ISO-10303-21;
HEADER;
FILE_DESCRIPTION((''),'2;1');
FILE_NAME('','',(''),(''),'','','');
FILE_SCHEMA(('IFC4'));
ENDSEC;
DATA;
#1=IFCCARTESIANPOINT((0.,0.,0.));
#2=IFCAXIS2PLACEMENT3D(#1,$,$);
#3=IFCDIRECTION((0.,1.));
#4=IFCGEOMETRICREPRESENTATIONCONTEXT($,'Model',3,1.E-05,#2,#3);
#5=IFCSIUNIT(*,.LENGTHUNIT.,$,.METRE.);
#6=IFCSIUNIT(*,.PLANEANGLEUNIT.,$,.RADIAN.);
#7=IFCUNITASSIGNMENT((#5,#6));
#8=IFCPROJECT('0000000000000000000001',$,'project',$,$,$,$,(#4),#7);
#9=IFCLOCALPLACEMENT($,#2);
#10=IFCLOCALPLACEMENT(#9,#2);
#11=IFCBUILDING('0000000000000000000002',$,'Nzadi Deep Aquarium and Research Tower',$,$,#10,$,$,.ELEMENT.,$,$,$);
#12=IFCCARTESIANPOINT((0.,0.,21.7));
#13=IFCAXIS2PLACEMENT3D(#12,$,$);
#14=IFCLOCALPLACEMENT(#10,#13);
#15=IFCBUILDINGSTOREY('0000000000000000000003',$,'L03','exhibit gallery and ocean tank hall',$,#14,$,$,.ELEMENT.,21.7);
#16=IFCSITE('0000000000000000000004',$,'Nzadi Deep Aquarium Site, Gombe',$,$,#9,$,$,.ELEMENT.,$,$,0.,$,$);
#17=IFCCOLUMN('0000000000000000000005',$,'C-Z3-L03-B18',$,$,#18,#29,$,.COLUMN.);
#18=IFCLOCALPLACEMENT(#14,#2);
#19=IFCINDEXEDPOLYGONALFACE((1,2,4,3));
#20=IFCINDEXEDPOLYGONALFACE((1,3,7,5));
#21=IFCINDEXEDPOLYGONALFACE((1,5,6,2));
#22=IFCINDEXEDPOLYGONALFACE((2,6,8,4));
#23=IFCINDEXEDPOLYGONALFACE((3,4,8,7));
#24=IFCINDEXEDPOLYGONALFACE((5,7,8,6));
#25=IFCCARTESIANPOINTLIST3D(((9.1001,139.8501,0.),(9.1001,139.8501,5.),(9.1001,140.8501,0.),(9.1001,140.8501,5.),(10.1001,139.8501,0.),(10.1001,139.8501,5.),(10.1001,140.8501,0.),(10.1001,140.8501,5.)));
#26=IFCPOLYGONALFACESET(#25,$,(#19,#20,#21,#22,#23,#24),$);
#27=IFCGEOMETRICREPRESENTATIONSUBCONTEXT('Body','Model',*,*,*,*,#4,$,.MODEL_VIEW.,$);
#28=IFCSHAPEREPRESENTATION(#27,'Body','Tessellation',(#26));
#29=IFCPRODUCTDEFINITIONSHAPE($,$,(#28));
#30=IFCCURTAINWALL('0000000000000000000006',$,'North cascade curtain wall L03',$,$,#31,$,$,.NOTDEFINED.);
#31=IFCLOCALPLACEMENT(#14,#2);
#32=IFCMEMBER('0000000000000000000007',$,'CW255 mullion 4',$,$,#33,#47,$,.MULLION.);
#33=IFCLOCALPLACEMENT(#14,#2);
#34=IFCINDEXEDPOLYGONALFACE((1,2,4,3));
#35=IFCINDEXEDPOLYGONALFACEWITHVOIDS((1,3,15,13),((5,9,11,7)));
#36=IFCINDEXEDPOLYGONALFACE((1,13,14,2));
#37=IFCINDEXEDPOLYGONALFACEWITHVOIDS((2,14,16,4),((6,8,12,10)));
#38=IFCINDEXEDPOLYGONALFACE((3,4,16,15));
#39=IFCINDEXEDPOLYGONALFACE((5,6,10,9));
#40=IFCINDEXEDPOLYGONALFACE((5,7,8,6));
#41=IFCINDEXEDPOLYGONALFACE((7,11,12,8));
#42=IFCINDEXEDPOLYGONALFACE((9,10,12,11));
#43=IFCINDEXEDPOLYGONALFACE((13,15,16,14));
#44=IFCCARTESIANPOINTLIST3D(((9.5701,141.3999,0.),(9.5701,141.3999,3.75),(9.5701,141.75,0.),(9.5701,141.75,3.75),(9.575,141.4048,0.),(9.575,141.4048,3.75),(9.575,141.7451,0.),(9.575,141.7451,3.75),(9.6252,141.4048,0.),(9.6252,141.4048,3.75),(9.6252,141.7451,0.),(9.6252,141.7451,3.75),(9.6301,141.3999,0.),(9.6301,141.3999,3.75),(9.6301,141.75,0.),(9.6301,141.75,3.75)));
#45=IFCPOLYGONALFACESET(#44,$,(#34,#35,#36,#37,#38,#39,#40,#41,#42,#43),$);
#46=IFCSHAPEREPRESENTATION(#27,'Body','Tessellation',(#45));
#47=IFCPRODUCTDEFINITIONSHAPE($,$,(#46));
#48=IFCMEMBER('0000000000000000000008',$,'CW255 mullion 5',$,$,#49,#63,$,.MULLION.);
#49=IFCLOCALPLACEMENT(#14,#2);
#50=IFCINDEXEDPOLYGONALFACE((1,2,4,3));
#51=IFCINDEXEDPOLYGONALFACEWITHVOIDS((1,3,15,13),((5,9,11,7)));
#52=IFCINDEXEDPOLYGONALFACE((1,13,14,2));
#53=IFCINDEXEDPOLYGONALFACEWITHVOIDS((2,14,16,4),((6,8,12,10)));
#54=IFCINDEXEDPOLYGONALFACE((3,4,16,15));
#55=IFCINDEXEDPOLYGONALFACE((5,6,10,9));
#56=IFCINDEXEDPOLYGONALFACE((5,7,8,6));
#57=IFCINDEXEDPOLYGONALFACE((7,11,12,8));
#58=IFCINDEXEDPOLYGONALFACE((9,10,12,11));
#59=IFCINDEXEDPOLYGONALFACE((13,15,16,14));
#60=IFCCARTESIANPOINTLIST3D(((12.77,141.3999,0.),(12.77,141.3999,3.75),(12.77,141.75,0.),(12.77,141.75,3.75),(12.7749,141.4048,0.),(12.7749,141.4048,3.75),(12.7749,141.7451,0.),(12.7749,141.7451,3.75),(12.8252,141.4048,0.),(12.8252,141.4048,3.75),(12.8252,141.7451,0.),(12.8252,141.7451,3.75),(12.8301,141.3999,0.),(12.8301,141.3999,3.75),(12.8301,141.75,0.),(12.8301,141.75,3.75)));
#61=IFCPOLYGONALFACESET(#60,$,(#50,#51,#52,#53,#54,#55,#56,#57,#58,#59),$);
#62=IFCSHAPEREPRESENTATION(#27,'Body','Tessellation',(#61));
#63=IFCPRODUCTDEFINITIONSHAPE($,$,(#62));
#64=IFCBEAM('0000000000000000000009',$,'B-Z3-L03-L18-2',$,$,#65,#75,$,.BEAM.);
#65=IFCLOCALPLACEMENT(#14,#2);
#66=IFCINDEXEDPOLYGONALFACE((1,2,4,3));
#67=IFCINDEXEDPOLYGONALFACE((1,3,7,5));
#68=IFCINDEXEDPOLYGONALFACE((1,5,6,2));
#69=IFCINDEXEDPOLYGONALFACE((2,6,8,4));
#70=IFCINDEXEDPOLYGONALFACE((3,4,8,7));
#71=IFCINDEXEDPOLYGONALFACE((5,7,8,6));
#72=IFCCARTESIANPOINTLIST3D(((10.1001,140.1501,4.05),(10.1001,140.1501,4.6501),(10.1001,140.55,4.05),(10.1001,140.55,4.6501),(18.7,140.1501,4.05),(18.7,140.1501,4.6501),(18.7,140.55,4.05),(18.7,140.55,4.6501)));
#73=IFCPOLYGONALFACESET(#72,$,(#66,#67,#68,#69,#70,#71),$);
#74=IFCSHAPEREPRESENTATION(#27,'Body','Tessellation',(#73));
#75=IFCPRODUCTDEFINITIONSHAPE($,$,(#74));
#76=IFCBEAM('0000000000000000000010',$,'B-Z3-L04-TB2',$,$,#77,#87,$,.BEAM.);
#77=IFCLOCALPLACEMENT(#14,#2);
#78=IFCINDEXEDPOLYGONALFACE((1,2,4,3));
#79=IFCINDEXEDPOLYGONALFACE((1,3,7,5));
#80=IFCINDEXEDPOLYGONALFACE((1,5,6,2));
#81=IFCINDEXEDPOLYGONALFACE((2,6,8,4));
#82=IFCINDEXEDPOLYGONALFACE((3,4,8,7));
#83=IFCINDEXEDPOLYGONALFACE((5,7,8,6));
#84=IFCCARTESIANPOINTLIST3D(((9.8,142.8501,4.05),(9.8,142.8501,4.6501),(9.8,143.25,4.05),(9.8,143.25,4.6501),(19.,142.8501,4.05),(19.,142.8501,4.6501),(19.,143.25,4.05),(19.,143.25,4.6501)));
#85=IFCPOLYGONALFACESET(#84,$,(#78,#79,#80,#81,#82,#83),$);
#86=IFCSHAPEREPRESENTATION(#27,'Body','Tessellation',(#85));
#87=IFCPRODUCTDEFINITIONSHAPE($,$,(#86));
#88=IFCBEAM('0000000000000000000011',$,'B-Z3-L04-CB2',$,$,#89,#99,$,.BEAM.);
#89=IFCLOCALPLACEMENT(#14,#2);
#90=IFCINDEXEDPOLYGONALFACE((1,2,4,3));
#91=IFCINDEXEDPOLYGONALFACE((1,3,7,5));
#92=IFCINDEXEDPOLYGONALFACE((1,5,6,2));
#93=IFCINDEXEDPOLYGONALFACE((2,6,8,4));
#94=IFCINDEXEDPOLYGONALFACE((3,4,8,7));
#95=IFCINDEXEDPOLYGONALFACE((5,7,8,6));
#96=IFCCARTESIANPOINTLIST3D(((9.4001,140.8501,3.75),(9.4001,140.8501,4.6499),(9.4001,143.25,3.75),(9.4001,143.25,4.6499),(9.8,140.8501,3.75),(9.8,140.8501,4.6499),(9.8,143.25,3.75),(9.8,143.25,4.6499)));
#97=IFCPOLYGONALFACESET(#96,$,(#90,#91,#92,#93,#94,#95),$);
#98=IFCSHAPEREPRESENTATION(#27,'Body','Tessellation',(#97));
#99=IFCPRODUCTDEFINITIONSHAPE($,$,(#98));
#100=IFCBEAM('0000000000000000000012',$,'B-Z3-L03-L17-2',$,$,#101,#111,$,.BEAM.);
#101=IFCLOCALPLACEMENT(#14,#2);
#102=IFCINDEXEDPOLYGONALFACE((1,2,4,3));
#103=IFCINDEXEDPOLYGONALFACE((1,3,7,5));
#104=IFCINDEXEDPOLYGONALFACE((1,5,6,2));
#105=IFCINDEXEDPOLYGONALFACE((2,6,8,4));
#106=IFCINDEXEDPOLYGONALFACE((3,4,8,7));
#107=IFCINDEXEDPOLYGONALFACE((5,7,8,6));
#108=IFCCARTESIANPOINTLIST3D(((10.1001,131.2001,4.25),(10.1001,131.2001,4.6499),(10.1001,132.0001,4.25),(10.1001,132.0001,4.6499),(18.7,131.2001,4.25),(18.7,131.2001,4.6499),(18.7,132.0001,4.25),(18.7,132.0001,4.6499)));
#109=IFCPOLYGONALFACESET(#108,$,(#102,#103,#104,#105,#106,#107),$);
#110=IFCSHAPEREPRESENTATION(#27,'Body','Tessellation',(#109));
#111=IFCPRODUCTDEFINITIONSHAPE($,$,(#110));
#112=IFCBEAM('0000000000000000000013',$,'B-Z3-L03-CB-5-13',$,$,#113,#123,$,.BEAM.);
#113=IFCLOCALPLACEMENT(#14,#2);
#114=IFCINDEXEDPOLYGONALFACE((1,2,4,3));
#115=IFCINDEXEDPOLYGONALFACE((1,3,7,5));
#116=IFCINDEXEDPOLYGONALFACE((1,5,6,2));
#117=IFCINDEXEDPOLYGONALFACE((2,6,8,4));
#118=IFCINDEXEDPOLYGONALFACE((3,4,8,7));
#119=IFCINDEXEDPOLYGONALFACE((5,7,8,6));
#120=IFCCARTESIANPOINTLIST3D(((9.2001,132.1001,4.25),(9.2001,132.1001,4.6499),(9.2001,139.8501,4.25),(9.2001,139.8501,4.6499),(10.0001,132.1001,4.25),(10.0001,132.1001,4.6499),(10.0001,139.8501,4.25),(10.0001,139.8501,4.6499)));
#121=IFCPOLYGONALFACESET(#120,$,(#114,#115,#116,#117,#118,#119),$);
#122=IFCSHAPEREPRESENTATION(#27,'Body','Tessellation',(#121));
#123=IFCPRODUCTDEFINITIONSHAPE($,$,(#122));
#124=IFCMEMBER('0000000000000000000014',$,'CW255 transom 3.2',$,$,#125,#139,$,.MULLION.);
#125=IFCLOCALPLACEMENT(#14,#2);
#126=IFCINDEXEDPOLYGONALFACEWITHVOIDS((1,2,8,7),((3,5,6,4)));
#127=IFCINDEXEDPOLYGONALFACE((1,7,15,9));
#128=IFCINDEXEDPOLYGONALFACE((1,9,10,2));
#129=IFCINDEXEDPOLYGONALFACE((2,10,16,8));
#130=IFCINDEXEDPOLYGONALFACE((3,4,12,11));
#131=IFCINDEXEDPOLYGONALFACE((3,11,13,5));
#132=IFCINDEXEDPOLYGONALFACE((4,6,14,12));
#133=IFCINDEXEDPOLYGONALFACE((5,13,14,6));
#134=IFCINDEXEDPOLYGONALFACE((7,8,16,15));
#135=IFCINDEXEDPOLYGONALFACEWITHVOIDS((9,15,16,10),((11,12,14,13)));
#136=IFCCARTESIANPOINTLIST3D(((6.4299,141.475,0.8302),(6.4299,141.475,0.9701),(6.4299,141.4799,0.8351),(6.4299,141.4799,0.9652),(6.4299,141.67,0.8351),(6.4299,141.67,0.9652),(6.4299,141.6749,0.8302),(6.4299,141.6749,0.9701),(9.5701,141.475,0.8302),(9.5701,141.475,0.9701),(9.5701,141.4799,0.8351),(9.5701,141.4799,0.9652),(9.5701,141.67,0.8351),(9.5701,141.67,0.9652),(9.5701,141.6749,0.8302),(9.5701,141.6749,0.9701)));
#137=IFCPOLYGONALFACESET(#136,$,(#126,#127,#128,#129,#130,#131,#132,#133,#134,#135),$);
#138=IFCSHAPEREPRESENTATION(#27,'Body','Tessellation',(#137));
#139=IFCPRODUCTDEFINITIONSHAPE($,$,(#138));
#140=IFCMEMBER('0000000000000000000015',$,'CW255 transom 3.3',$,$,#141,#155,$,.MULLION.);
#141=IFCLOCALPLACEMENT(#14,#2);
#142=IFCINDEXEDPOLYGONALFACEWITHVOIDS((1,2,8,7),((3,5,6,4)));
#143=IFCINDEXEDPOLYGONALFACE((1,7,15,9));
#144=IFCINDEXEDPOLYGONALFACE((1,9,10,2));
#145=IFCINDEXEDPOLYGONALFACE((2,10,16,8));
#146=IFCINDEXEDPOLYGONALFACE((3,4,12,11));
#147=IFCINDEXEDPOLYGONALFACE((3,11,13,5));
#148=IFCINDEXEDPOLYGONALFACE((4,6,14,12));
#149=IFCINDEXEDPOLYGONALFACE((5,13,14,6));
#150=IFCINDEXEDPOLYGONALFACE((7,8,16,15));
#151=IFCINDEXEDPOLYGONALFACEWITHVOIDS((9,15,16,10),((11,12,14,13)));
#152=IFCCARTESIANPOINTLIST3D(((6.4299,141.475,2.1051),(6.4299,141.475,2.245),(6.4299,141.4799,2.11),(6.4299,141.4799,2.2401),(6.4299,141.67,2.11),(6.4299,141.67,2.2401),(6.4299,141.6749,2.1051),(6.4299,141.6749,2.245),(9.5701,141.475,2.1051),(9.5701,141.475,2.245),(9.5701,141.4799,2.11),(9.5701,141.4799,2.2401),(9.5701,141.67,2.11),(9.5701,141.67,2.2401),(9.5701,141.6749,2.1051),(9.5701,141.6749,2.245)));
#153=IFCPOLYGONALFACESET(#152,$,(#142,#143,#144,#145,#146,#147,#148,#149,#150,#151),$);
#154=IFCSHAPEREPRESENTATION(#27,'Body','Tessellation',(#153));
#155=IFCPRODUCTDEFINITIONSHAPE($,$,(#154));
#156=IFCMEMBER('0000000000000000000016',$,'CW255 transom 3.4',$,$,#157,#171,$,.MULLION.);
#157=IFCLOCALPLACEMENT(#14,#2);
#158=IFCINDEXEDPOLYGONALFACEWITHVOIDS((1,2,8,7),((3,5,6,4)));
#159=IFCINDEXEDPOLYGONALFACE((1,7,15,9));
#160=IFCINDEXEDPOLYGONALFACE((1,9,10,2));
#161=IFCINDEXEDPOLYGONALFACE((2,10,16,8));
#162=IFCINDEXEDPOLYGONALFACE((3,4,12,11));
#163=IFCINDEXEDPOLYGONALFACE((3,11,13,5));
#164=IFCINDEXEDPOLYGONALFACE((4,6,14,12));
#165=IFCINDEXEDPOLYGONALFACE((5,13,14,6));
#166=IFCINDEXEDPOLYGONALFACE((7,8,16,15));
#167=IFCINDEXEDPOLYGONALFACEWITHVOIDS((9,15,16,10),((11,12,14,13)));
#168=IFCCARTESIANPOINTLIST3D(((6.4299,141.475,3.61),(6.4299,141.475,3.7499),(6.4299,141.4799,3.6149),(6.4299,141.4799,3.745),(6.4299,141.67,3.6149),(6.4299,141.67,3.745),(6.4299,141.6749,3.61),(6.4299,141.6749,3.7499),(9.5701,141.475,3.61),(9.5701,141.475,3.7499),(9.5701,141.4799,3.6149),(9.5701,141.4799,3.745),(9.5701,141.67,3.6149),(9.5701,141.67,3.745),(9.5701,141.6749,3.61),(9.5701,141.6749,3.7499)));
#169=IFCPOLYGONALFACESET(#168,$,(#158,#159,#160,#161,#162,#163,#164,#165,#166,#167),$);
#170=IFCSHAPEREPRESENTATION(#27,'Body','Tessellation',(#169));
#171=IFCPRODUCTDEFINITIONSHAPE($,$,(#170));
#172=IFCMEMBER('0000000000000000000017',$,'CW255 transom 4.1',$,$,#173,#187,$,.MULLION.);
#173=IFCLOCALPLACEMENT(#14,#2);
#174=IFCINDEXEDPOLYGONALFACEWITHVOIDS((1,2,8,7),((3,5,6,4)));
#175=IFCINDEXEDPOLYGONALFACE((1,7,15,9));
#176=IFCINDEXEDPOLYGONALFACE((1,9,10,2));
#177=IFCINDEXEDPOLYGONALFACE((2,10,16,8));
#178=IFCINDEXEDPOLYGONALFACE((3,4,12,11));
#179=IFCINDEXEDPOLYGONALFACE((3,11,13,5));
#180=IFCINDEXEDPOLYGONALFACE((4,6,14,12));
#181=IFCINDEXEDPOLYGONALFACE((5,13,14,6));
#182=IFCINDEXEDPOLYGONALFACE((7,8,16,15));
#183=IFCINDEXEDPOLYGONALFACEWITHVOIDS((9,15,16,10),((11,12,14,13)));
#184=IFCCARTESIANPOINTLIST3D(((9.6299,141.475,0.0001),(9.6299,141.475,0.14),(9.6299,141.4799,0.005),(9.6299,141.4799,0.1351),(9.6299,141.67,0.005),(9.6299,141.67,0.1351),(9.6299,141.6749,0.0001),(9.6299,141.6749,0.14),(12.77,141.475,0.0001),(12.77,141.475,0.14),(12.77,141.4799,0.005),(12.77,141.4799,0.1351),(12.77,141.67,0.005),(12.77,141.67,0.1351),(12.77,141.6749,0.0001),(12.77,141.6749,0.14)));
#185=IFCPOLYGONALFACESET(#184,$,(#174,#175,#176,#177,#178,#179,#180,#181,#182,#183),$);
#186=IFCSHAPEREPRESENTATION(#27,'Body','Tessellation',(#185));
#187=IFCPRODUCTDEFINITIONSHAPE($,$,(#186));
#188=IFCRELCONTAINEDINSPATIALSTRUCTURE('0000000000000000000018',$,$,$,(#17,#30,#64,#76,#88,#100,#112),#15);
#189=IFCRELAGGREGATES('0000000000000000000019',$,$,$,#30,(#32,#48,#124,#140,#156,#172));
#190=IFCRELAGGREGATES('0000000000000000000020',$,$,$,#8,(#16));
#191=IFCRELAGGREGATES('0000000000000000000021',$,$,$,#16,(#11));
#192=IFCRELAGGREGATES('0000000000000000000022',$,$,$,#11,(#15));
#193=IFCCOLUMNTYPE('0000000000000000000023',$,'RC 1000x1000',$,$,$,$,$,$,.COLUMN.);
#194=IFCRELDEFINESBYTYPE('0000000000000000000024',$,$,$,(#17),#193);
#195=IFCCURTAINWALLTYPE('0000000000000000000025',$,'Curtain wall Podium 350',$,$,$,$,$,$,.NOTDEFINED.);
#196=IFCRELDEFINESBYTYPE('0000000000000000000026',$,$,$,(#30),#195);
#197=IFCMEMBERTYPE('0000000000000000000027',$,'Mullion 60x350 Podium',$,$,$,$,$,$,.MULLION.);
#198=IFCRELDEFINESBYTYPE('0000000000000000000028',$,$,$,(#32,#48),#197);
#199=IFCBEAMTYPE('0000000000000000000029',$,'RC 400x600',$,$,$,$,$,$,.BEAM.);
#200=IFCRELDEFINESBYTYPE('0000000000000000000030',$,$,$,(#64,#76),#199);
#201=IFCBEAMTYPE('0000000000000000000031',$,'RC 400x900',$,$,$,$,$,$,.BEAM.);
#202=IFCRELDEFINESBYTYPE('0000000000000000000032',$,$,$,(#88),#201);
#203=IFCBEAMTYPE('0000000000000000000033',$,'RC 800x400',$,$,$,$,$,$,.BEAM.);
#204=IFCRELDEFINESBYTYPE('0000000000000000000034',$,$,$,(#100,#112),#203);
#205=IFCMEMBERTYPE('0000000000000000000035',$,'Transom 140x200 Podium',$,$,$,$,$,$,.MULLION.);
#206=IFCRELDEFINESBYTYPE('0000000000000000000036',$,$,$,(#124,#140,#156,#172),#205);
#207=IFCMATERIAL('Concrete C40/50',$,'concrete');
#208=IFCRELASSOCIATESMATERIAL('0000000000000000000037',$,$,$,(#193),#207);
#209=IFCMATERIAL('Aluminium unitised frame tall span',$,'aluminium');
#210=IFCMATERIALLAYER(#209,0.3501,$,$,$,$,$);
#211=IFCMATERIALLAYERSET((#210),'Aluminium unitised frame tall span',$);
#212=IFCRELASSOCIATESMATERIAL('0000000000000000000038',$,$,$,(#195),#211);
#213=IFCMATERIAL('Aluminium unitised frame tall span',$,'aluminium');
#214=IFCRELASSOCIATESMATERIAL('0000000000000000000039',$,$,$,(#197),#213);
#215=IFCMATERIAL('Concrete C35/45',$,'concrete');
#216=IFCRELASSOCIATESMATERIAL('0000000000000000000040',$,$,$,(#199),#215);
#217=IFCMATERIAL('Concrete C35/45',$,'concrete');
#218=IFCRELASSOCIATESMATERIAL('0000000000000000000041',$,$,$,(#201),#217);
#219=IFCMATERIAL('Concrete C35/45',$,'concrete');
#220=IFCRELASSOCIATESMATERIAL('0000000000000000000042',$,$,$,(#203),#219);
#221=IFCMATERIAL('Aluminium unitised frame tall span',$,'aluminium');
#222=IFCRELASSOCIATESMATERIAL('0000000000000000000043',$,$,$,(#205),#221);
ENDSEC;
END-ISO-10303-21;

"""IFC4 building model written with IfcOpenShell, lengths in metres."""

from ifc_helpers import new_model, si_unit, direction, frame, origin, origin_2d, place, context, subcontext, project, spatial, rectangle, hollow_rectangle, extrude, material, layer, layer_set, material_profile, profile_set, type_object, element, aggregate, save


model = new_model("IFC4")

# Units and contexts
model_context = context("Model", 3, precision=1e-05, world=origin(), true_north=direction((0.0, 1.0)))
body_context = subcontext(model_context, "Body", "Model", "MODEL_VIEW")
ifc_project = project(units=[si_unit("LENGTHUNIT", "METRE"), si_unit("PLANEANGLEUNIT", "RADIAN")], contexts=[model_context])

# Site, building, storey
site_placement = place(None, origin())
site = spatial("IfcSite", under=ifc_project, at=site_placement, Name="Nzadi Deep Aquarium Site, Gombe", CompositionType="ELEMENT", RefElevation=0.0)
building_placement = place(site_placement, origin())
building = spatial("IfcBuilding", under=site, at=building_placement, Name="Nzadi Deep Aquarium and Research Tower", CompositionType="ELEMENT")
storey_placement = place(building_placement, frame((0.0, 0.0, 21.7)))
storey = spatial("IfcBuildingStorey", under=building, at=storey_placement, Name="L03", Description="exhibit gallery and ocean tank hall", CompositionType="ELEMENT", Elevation=21.7)

# Column
ifc_material_1 = material(Name="Concrete C40/50", Category="concrete")
ifc_material_profile_1 = material_profile(ifc_material_1, rectangle(XDim=1.0, YDim=1.0, at=origin_2d()))
ifc_profile_set_1 = profile_set([ifc_material_profile_1], Name="Concrete C40/50")
column_type = type_object("IfcColumnType", Name="RC 1000x1000", PredefinedType="COLUMN", material=ifc_profile_set_1)
column_placement = place(storey_placement, frame((9.6001, 140.3501, 0.0), z_axis=(0.0, 0.0, 1.0), x_axis=(1.0, 0.0, 0.0)))
element("IfcColumn", 1, at=column_placement, inside=storey, type_object=column_type, Name="C-Z3-L03-B18", PredefinedType="COLUMN", context=body_context, shape_type="SweptSolid", body=[
    extrude(rectangle(XDim=1.0, YDim=1.0, at=origin_2d()), origin(), (0.0, 0.0, 1.0), 5.0),
])

# Curtain wall, members
ifc_material_2 = material(Name="Aluminium unitised frame tall span", Category="aluminium")
ifc_layer_1 = layer(ifc_material_2, 0.3501)
ifc_layer_set_1 = layer_set([ifc_layer_1], Name="Aluminium unitised frame tall span")
curtain_wall_type = type_object("IfcCurtainWallType", Name="Curtain wall Podium 350", PredefinedType="NOTDEFINED", material=ifc_layer_set_1)
curtain_wall_placement = place(storey_placement, origin())
curtain_wall = element("IfcCurtainWall", 2, at=curtain_wall_placement, inside=storey, type_object=curtain_wall_type, Name="North cascade curtain wall L03", PredefinedType="NOTDEFINED")
ifc_material_3 = material(Name="Aluminium unitised frame tall span", Category="aluminium")
ifc_material_profile_2 = material_profile(ifc_material_3, hollow_rectangle(XDim=0.3501, YDim=0.0601, WallThickness=0.0049, at=origin_2d()))
ifc_profile_set_2 = profile_set([ifc_material_profile_2], Name="Aluminium unitised frame tall span")
member_type_1 = type_object("IfcMemberType", Name="Mullion 60x350 Podium", PredefinedType="MULLION", material=ifc_profile_set_2)
member_1_placement = place(storey_placement, frame((9.6001, 141.575, 0.0), z_axis=(0.0, 0.0, 1.0), x_axis=(0.0, 1.0, 0.0)))
member_1 = element("IfcMember", 3, at=member_1_placement, type_object=member_type_1, Name="CW255 mullion 4", PredefinedType="MULLION", context=body_context, shape_type="SweptSolid", body=[
    extrude(hollow_rectangle(XDim=0.3501, YDim=0.0601, WallThickness=0.0049, at=origin_2d()), origin(), (0.0, 0.0, 1.0), 3.75),
])
member_2_placement = place(storey_placement, frame((12.8, 141.575, 0.0), z_axis=(0.0, 0.0, 1.0), x_axis=(0.0, 1.0, 0.0)))
member_2 = element("IfcMember", 4, at=member_2_placement, type_object=member_type_1, Name="CW255 mullion 5", PredefinedType="MULLION", context=body_context, shape_type="SweptSolid", body=[
    extrude(hollow_rectangle(XDim=0.3501, YDim=0.0601, WallThickness=0.0049, at=origin_2d()), origin(), (0.0, 0.0, 1.0), 3.75),
])

# Beams
ifc_material_4 = material(Name="Concrete C35/45", Category="concrete")
ifc_material_profile_3 = material_profile(ifc_material_4, rectangle(XDim=0.3999, YDim=0.6001, at=origin_2d()))
ifc_profile_set_3 = profile_set([ifc_material_profile_3], Name="Concrete C35/45")
beam_type_1 = type_object("IfcBeamType", Name="RC 400x600", PredefinedType="BEAM", material=ifc_profile_set_3)
beam_1_placement = place(storey_placement, frame((10.1001, 140.3501, 4.3501), z_axis=(1.0, 0.0, 0.0), x_axis=(0.0, 1.0, 0.0)))
element("IfcBeam", 5, at=beam_1_placement, inside=storey, type_object=beam_type_1, Name="B-Z3-L03-L18-2", PredefinedType="BEAM", context=body_context, shape_type="SweptSolid", body=[
    extrude(rectangle(XDim=0.3999, YDim=0.6001, at=origin_2d()), origin(), (0.0, 0.0, 1.0), 8.5999),
])
beam_2_placement = place(storey_placement, frame((9.8, 143.05, 4.3501), z_axis=(1.0, 0.0, 0.0), x_axis=(0.0, 1.0, 0.0)))
element("IfcBeam", 6, at=beam_2_placement, inside=storey, type_object=beam_type_1, Name="B-Z3-L04-TB2", PredefinedType="BEAM", context=body_context, shape_type="SweptSolid", body=[
    extrude(rectangle(XDim=0.3999, YDim=0.6001, at=origin_2d()), origin(), (0.0, 0.0, 1.0), 9.2),
])
ifc_material_5 = material(Name="Concrete C35/45", Category="concrete")
ifc_material_profile_4 = material_profile(ifc_material_5, rectangle(XDim=0.3999, YDim=0.8999, at=origin_2d()))
ifc_profile_set_4 = profile_set([ifc_material_profile_4], Name="Concrete C35/45")
beam_type_2 = type_object("IfcBeamType", Name="RC 400x900", PredefinedType="BEAM", material=ifc_profile_set_4)
beam_3_placement = place(storey_placement, frame((9.6001, 140.8501, 4.2), z_axis=(0.0, 1.0, 0.0), x_axis=(-1.0, 0.0, 0.0)))
element("IfcBeam", 7, at=beam_3_placement, inside=storey, type_object=beam_type_2, Name="B-Z3-L04-CB2", PredefinedType="BEAM", context=body_context, shape_type="SweptSolid", body=[
    extrude(rectangle(XDim=0.3999, YDim=0.8999, at=origin_2d()), origin(), (0.0, 0.0, 1.0), 2.3999),
])
ifc_material_6 = material(Name="Concrete C35/45", Category="concrete")
ifc_material_profile_5 = material_profile(ifc_material_6, rectangle(XDim=0.8, YDim=0.3999, at=origin_2d()))
ifc_profile_set_5 = profile_set([ifc_material_profile_5], Name="Concrete C35/45")
beam_type_3 = type_object("IfcBeamType", Name="RC 800x400", PredefinedType="BEAM", material=ifc_profile_set_5)
beam_4_placement = place(storey_placement, frame((10.1001, 131.6001, 4.45), z_axis=(1.0, 0.0, 0.0), x_axis=(0.0, 1.0, 0.0)))
element("IfcBeam", 8, at=beam_4_placement, inside=storey, type_object=beam_type_3, Name="B-Z3-L03-L17-2", PredefinedType="BEAM", context=body_context, shape_type="SweptSolid", body=[
    extrude(rectangle(XDim=0.8, YDim=0.3999, at=origin_2d()), origin(), (0.0, 0.0, 1.0), 8.5999),
])
beam_5_placement = place(storey_placement, frame((9.6001, 132.1001, 4.45), z_axis=(0.0, 1.0, 0.0), x_axis=(-1.0, 0.0, 0.0)))
element("IfcBeam", 9, at=beam_5_placement, inside=storey, type_object=beam_type_3, Name="B-Z3-L03-CB-5-13", PredefinedType="BEAM", context=body_context, shape_type="SweptSolid", body=[
    extrude(rectangle(XDim=0.8, YDim=0.3999, at=origin_2d()), origin(), (0.0, 0.0, 1.0), 7.75),
])

# Members
ifc_material_7 = material(Name="Aluminium unitised frame tall span", Category="aluminium")
ifc_material_profile_6 = material_profile(ifc_material_7, hollow_rectangle(XDim=0.2, YDim=0.1399, WallThickness=0.0049, at=origin_2d()))
ifc_profile_set_6 = profile_set([ifc_material_profile_6], Name="Aluminium unitised frame tall span")
member_type_2 = type_object("IfcMemberType", Name="Transom 140x200 Podium", PredefinedType="MULLION", material=ifc_profile_set_6)
member_3_placement = place(storey_placement, frame((6.4299, 141.575, 0.9001), z_axis=(1.0, 0.0, 0.0), x_axis=(0.0, 1.0, 0.0)))
member_3 = element("IfcMember", 10, at=member_3_placement, type_object=member_type_2, Name="CW255 transom 3.2", PredefinedType="MULLION", context=body_context, shape_type="SweptSolid", body=[
    extrude(hollow_rectangle(XDim=0.2, YDim=0.1399, WallThickness=0.0049, at=origin_2d()), origin(), (0.0, 0.0, 1.0), 3.1401),
])
member_4_placement = place(storey_placement, frame((6.4299, 141.575, 2.175), z_axis=(1.0, 0.0, 0.0), x_axis=(0.0, 1.0, 0.0)))
member_4 = element("IfcMember", 11, at=member_4_placement, type_object=member_type_2, Name="CW255 transom 3.3", PredefinedType="MULLION", context=body_context, shape_type="SweptSolid", body=[
    extrude(hollow_rectangle(XDim=0.2, YDim=0.1399, WallThickness=0.0049, at=origin_2d()), origin(), (0.0, 0.0, 1.0), 3.1401),
])
member_5_placement = place(storey_placement, frame((6.4299, 141.575, 3.6799), z_axis=(1.0, 0.0, 0.0), x_axis=(0.0, 1.0, 0.0)))
member_5 = element("IfcMember", 12, at=member_5_placement, type_object=member_type_2, Name="CW255 transom 3.4", PredefinedType="MULLION", context=body_context, shape_type="SweptSolid", body=[
    extrude(hollow_rectangle(XDim=0.2, YDim=0.1399, WallThickness=0.0049, at=origin_2d()), origin(), (0.0, 0.0, 1.0), 3.1401),
])
member_6_placement = place(storey_placement, frame((9.6299, 141.575, 0.0701), z_axis=(1.0, 0.0, 0.0), x_axis=(0.0, 1.0, 0.0)))
member_6 = element("IfcMember", 13, at=member_6_placement, type_object=member_type_2, Name="CW255 transom 4.1", PredefinedType="MULLION", context=body_context, shape_type="SweptSolid", body=[
    extrude(hollow_rectangle(XDim=0.2, YDim=0.1399, WallThickness=0.0049, at=origin_2d()), origin(), (0.0, 0.0, 1.0), 3.1401),
])

aggregate(curtain_wall, [member_1, member_2, member_3, member_4, member_5, member_6])

save(model, "model.ifc")
